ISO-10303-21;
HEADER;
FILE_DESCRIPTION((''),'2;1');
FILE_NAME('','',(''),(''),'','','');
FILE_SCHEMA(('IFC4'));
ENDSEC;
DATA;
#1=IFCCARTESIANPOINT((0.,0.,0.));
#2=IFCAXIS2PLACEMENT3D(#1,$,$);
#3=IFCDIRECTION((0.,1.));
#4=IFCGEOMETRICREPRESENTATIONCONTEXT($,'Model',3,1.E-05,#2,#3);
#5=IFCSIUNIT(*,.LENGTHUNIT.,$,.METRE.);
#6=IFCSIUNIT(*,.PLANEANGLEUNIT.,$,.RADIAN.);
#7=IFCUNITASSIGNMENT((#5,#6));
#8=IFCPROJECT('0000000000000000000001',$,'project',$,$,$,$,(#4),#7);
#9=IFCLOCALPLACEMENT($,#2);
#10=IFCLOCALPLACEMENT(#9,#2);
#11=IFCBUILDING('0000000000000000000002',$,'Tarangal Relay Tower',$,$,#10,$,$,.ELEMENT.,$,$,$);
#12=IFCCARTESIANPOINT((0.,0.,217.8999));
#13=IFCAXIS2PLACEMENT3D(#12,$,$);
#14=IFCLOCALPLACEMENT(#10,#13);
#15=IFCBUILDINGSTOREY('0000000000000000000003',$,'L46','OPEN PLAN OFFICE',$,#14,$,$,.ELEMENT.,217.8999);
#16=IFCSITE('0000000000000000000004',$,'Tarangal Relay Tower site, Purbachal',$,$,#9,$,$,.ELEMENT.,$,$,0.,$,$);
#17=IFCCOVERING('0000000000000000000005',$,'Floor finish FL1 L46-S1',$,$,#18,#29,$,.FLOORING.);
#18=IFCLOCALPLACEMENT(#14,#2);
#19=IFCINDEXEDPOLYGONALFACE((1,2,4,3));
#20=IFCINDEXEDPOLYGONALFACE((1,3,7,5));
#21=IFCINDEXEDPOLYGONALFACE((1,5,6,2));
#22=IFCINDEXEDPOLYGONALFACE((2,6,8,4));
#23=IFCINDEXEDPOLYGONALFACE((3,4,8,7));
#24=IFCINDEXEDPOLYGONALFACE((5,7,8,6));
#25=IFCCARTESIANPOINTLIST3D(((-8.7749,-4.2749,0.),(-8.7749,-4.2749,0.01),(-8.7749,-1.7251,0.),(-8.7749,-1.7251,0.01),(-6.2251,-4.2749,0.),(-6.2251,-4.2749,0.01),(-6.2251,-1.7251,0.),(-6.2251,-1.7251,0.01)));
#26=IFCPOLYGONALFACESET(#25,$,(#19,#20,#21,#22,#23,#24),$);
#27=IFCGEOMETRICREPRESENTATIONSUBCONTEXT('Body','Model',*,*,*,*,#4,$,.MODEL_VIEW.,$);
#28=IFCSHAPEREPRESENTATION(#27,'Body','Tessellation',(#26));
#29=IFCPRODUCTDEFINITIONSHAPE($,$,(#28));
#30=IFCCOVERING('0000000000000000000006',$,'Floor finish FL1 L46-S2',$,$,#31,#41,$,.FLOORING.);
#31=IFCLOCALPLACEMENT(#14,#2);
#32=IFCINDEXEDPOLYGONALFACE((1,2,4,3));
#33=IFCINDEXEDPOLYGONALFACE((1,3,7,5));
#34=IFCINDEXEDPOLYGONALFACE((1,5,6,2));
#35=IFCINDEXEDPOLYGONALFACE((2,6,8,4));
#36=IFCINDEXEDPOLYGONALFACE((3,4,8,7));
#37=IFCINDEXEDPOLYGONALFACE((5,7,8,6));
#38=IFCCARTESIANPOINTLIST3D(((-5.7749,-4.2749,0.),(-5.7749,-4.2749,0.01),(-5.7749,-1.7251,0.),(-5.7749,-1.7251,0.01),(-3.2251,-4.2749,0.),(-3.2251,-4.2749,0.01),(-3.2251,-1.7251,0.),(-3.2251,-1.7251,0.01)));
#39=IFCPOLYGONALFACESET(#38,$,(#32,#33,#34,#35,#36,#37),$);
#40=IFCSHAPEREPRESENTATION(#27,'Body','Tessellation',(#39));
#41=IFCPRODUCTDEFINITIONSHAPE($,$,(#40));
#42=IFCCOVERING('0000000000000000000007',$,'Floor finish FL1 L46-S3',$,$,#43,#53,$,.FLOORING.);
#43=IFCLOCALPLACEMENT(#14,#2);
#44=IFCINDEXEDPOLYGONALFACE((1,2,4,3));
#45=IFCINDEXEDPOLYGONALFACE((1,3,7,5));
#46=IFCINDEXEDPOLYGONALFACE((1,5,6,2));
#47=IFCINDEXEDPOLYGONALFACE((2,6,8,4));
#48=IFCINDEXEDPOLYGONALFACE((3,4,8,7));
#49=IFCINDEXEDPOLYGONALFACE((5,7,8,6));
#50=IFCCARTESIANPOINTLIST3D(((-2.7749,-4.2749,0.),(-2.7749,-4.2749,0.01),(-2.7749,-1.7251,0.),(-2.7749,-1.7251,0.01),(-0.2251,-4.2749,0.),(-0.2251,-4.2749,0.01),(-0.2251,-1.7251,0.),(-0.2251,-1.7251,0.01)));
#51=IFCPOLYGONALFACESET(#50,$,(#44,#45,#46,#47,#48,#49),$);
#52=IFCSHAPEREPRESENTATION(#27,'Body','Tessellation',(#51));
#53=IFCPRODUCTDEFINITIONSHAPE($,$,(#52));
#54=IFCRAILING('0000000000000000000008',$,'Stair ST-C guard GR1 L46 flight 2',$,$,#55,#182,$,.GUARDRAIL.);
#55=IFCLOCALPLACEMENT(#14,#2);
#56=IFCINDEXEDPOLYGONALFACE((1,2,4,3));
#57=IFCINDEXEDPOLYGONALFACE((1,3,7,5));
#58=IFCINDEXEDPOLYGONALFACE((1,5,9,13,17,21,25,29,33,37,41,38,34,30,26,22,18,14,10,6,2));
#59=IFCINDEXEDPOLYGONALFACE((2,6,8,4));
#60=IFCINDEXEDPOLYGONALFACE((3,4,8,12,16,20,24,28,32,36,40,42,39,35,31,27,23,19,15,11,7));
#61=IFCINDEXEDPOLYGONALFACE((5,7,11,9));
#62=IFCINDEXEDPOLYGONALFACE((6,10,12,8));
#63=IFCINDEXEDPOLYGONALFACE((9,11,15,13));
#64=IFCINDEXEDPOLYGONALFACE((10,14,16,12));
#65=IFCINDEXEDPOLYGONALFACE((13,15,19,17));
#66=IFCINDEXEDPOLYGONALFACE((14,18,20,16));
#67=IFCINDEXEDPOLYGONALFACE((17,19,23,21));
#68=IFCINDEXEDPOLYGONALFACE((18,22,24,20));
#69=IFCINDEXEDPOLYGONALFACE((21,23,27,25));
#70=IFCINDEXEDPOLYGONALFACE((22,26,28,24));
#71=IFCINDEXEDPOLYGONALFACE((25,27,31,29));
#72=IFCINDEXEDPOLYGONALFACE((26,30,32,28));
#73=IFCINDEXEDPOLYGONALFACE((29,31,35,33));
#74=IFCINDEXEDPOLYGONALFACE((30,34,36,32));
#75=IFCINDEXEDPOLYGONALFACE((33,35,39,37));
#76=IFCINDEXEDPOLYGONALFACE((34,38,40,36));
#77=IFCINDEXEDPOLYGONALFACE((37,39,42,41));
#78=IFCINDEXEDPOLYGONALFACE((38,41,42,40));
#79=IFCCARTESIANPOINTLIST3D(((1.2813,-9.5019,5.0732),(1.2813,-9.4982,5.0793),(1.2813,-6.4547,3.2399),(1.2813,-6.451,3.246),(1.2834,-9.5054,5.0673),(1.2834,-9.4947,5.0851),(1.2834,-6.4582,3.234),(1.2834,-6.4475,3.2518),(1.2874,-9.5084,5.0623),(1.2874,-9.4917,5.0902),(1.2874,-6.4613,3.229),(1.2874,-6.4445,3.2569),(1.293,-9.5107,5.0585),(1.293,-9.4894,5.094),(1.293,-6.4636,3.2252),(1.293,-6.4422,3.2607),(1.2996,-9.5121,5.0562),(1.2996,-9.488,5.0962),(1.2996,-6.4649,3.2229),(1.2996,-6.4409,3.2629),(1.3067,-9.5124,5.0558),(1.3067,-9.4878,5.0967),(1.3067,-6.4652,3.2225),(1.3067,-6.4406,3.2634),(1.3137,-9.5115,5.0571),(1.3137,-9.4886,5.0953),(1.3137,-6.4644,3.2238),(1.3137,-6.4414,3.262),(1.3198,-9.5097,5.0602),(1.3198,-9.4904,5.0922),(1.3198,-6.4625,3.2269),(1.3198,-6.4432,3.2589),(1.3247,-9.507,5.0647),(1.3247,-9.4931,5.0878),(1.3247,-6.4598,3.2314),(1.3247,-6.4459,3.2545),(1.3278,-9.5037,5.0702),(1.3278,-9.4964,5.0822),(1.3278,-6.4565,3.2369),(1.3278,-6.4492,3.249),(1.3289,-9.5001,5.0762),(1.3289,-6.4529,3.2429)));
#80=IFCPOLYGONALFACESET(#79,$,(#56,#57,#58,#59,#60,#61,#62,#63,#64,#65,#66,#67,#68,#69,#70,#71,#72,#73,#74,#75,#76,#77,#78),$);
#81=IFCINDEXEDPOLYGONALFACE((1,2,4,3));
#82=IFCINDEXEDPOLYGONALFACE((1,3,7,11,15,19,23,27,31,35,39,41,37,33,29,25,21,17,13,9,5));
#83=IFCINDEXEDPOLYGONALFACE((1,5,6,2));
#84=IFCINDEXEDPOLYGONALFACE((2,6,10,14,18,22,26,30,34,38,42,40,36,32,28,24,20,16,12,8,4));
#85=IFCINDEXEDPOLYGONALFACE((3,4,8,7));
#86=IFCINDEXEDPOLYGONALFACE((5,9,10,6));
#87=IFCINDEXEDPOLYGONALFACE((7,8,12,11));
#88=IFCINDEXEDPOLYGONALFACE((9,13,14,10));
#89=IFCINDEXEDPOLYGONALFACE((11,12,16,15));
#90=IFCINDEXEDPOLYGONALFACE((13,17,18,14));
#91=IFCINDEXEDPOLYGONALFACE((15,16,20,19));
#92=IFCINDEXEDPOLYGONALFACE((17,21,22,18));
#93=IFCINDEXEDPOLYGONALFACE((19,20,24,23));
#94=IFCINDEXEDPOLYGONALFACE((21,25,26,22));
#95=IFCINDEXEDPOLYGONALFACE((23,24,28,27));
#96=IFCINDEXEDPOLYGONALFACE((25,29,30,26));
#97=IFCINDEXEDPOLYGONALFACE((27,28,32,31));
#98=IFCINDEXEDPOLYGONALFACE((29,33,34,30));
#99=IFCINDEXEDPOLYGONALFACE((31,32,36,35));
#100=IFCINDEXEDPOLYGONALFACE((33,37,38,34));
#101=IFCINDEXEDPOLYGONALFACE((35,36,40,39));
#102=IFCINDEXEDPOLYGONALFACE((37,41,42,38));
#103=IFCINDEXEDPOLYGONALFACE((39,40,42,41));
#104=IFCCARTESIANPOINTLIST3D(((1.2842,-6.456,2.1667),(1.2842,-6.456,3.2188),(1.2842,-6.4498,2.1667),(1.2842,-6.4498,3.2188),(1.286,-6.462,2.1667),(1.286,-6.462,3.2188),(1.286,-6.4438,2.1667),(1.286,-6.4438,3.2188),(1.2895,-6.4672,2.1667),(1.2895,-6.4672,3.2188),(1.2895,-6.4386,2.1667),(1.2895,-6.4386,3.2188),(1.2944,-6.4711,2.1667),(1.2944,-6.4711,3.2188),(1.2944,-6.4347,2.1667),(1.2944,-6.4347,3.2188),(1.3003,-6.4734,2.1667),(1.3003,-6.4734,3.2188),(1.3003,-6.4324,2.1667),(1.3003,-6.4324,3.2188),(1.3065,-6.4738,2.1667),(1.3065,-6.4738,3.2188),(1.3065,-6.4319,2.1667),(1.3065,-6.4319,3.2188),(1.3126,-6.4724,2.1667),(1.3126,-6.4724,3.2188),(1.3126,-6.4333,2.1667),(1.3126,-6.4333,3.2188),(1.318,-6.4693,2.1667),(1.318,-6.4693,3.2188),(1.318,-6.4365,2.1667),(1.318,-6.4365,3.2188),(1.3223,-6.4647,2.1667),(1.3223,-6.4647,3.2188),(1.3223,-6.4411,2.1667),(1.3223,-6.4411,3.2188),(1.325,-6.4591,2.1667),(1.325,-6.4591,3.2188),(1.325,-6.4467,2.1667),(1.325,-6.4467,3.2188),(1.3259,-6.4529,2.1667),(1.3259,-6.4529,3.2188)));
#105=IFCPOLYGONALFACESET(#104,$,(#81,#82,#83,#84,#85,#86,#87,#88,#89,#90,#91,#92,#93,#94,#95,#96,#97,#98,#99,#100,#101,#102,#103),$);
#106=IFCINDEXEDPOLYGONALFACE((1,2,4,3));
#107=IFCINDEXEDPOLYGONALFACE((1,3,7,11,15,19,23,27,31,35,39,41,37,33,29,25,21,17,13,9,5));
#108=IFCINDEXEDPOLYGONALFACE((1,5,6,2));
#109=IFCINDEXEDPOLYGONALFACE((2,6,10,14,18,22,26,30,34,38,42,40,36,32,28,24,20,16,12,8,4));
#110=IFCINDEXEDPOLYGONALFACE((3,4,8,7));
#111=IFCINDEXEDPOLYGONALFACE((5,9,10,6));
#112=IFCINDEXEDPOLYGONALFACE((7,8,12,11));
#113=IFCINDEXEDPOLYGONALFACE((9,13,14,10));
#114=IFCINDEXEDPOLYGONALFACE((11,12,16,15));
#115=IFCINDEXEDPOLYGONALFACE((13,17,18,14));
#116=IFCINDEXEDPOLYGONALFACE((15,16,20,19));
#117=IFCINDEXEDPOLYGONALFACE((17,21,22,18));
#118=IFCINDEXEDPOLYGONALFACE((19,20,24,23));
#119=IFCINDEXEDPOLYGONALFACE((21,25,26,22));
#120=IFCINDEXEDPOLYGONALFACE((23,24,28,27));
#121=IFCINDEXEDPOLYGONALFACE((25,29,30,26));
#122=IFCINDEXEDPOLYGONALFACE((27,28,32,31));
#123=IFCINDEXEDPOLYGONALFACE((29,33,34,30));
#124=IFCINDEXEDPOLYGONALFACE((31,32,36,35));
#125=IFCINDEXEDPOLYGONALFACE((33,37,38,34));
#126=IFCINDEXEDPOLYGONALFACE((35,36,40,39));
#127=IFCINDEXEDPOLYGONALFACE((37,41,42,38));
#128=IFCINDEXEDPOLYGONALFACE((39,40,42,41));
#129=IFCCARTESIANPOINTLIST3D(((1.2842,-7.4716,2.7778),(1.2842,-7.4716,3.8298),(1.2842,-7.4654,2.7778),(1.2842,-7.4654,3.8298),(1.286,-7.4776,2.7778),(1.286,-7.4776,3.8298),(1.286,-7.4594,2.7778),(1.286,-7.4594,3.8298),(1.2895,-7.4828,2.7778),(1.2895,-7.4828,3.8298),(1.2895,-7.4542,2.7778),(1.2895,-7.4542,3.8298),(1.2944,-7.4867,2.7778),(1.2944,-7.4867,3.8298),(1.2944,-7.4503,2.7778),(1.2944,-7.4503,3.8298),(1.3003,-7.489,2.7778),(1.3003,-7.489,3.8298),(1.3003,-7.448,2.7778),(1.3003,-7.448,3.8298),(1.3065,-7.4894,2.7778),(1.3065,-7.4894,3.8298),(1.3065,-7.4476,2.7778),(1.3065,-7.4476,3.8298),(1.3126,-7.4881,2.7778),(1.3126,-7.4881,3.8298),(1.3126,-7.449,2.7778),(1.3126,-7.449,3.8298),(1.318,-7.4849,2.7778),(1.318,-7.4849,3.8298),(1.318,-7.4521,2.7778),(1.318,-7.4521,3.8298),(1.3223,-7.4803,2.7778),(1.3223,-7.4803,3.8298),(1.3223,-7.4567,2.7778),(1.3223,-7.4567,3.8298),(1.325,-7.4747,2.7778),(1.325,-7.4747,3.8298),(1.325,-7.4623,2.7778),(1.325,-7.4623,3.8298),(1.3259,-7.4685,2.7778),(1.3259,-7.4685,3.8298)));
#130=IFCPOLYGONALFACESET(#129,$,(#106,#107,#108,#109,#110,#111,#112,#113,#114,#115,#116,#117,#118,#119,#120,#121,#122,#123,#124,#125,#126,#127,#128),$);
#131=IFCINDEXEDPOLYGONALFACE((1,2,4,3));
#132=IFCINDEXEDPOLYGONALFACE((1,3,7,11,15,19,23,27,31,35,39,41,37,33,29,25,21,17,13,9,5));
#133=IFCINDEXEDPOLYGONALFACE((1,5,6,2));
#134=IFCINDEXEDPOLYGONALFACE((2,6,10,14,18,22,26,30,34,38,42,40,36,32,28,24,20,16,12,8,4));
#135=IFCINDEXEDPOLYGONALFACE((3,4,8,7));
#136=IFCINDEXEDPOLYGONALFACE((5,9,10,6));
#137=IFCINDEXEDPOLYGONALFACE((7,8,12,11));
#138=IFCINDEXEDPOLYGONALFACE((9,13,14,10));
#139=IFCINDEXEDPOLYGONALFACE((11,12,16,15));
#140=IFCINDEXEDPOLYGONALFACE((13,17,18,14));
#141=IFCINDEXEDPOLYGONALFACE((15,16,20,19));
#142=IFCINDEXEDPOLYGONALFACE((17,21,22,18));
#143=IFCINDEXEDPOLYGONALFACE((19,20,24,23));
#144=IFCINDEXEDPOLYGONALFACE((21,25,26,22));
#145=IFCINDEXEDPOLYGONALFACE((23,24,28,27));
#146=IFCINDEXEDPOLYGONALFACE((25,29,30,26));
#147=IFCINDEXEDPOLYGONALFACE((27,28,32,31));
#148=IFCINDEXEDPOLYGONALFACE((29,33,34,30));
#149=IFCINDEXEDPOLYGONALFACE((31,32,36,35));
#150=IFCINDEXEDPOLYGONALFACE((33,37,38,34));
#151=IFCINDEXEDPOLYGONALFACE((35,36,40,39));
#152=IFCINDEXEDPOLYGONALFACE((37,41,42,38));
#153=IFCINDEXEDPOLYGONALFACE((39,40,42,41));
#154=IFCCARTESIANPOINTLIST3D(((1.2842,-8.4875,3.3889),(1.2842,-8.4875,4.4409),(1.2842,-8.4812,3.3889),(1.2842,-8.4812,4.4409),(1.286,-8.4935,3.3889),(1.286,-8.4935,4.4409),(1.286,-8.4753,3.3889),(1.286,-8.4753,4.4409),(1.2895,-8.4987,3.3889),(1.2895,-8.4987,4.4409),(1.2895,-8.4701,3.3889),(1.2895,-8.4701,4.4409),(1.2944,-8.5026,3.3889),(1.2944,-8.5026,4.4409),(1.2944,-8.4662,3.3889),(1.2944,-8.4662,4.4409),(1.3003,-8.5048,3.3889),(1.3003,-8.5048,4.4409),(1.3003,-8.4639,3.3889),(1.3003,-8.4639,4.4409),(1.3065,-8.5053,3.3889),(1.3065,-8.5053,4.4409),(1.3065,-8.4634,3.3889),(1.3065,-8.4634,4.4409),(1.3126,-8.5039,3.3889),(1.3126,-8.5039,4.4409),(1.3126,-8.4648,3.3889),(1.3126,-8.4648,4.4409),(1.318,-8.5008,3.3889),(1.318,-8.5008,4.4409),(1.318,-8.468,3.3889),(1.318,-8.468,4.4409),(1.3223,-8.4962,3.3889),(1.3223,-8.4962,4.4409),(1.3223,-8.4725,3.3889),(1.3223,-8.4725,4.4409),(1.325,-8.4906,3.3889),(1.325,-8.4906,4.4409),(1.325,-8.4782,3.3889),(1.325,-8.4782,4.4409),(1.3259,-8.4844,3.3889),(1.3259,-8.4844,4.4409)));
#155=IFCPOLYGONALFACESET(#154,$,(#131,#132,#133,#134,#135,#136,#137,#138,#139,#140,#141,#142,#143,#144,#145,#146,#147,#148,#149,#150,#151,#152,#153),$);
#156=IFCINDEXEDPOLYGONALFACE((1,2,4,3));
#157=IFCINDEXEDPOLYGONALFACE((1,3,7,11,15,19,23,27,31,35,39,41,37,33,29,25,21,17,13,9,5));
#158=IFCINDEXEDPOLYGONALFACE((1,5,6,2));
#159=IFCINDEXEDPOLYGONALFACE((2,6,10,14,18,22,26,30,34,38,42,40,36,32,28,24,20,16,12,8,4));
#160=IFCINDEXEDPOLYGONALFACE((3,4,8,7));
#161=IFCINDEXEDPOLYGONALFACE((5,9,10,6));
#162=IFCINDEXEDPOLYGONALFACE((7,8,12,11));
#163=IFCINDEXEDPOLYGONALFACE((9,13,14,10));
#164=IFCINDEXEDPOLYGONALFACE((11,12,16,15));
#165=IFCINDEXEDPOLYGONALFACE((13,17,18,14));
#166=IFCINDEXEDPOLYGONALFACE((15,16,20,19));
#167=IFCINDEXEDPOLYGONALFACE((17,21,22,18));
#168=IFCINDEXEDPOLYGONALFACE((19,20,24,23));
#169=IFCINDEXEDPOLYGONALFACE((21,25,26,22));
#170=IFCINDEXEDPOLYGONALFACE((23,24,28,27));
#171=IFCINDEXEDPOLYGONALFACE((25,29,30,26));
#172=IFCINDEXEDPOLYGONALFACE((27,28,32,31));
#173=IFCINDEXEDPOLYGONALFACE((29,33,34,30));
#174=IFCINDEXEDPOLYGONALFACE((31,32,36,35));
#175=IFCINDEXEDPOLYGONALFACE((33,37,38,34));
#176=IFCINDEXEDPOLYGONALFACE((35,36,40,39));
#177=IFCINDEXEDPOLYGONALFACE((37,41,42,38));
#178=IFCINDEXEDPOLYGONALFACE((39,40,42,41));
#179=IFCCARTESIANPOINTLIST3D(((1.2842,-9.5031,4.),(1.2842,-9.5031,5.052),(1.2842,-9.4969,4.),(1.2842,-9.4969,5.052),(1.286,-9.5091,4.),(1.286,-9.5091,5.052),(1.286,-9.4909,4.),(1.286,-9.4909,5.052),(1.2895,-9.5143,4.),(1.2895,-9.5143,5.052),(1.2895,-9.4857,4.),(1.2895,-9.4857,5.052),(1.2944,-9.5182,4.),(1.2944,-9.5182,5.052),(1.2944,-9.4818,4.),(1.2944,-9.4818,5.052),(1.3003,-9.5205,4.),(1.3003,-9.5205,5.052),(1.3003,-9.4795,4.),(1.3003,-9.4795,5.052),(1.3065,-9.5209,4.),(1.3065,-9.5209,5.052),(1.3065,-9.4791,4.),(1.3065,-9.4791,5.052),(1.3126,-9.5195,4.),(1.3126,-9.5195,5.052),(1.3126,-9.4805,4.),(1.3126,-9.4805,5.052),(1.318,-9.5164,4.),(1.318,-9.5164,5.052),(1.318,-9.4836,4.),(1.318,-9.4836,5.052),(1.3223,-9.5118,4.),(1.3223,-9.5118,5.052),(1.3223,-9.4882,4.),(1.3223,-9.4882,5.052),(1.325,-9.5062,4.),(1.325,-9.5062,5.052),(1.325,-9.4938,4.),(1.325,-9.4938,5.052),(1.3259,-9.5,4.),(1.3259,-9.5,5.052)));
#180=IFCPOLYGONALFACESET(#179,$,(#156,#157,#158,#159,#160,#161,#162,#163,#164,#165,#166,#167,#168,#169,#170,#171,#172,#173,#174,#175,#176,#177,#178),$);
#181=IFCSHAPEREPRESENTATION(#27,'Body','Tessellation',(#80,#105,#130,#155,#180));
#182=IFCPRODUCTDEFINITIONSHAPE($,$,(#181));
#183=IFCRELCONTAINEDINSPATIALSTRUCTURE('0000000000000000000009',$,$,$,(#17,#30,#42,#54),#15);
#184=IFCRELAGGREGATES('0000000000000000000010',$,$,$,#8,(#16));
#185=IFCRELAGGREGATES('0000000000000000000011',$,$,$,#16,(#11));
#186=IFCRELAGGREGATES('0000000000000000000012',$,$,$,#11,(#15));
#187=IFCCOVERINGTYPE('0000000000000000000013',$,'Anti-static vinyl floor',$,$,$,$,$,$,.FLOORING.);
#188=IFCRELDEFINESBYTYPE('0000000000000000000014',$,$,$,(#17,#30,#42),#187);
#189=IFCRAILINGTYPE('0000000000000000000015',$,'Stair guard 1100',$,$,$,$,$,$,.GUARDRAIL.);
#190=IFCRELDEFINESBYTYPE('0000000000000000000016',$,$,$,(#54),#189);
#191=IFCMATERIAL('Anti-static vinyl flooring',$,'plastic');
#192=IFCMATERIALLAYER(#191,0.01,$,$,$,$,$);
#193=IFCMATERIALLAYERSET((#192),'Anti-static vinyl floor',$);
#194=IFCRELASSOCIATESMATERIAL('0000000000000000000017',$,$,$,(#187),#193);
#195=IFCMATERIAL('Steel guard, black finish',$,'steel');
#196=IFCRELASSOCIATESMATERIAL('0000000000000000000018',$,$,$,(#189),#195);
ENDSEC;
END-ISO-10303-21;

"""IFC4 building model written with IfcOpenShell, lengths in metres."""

from ifc_helpers import new_model, si_unit, direction, frame, origin, origin_2d, place, context, subcontext, project, spatial, polyline, circle, outline, extrude, material, layer, layer_set, type_object, element, save


model = new_model("IFC4")

# Units and contexts
model_context = context("Model", 3, precision=1e-05, world=origin(), true_north=direction((0.0, 1.0)))
body_context = subcontext(model_context, "Body", "Model", "MODEL_VIEW")
ifc_project = project(units=[si_unit("LENGTHUNIT", "METRE"), si_unit("PLANEANGLEUNIT", "RADIAN")], contexts=[model_context])

# Site, building, storey
site_placement = place(None, origin())
site = spatial("IfcSite", under=ifc_project, at=site_placement, Name="Tarangal Relay Tower site, Purbachal", CompositionType="ELEMENT", RefElevation=0.0)
building_placement = place(site_placement, origin())
building = spatial("IfcBuilding", under=site, at=building_placement, Name="Tarangal Relay Tower", CompositionType="ELEMENT")
storey_placement = place(building_placement, frame((0.0, 0.0, 217.8999)))
storey = spatial("IfcBuildingStorey", under=building, at=storey_placement, Name="L46", Description="OPEN PLAN OFFICE", CompositionType="ELEMENT", Elevation=217.8999)

# Coverings
ifc_material_1 = material(Name="Anti-static vinyl flooring", Category="plastic")
ifc_layer_1 = layer(ifc_material_1, 0.01)
ifc_layer_set_1 = layer_set([ifc_layer_1], Name="Anti-static vinyl floor")
covering_type_1 = type_object("IfcCoveringType", Name="Anti-static vinyl floor", PredefinedType="FLOORING", material=ifc_layer_set_1)
covering_1_placement = place(storey_placement, origin())
element("IfcCovering", 1, at=covering_1_placement, inside=storey, type_object=covering_type_1, Name="Floor finish FL1 L46-S1", PredefinedType="FLOORING", context=body_context, shape_type="SweptSolid", body=[
    extrude(outline(polyline([(-8.7749, -4.2749), (-6.2251, -4.2749), (-6.2251, -1.7251), (-8.7749, -1.7251), (-8.7749, -4.2749)])), origin(), (0.0, 0.0, 1.0), 0.01),
])
covering_2_placement = place(storey_placement, origin())
element("IfcCovering", 2, at=covering_2_placement, inside=storey, type_object=covering_type_1, Name="Floor finish FL1 L46-S2", PredefinedType="FLOORING", context=body_context, shape_type="SweptSolid", body=[
    extrude(outline(polyline([(-5.7749, -4.2749), (-3.2251, -4.2749), (-3.2251, -1.7251), (-5.7749, -1.7251), (-5.7749, -4.2749)])), origin(), (0.0, 0.0, 1.0), 0.01),
])
covering_3_placement = place(storey_placement, origin())
element("IfcCovering", 3, at=covering_3_placement, inside=storey, type_object=covering_type_1, Name="Floor finish FL1 L46-S3", PredefinedType="FLOORING", context=body_context, shape_type="SweptSolid", body=[
    extrude(outline(polyline([(-2.7749, -4.2749), (-0.2251, -4.2749), (-0.2251, -1.7251), (-2.7749, -1.7251), (-2.7749, -4.2749)])), origin(), (0.0, 0.0, 1.0), 0.01),
])

# Railing
ifc_material_2 = material(Name="Steel guard, black finish", Category="steel")
railing_type_1 = type_object("IfcRailingType", Name="Stair guard 1100", PredefinedType="GUARDRAIL", material=ifc_material_2)
railing_1_placement = place(storey_placement, frame((1.3049, -6.4529, 2.1667)))
element("IfcRailing", 4, at=railing_1_placement, inside=storey, type_object=railing_type_1, Name="Stair ST-C guard GR1 L46 flight 2", PredefinedType="GUARDRAIL", context=body_context, shape_type="SweptSolid", body=[
    extrude(circle(Radius=0.0239, at=origin_2d()), frame((0.0, 0.0, 1.0762), z_axis=(0.0, -0.856874, 0.515525), x_axis=(1.0, 0.0, 0.0)), (0.0, 0.0, 1.0), 3.5562),
    extrude(circle(Radius=0.021, at=origin_2d()), origin(), (0.0, 0.0, 1.0), 1.052),
    extrude(circle(Radius=0.021, at=origin_2d()), frame((0.0, -1.0156, 0.6111)), (0.0, 0.0, 1.0), 1.052),
    extrude(circle(Radius=0.021, at=origin_2d()), frame((0.0, -2.0315, 1.2222)), (0.0, 0.0, 1.0), 1.052),
    extrude(circle(Radius=0.021, at=origin_2d()), frame((0.0, -3.0471, 1.8333)), (0.0, 0.0, 1.0), 1.052),
])

save(model, "model.ifc")
